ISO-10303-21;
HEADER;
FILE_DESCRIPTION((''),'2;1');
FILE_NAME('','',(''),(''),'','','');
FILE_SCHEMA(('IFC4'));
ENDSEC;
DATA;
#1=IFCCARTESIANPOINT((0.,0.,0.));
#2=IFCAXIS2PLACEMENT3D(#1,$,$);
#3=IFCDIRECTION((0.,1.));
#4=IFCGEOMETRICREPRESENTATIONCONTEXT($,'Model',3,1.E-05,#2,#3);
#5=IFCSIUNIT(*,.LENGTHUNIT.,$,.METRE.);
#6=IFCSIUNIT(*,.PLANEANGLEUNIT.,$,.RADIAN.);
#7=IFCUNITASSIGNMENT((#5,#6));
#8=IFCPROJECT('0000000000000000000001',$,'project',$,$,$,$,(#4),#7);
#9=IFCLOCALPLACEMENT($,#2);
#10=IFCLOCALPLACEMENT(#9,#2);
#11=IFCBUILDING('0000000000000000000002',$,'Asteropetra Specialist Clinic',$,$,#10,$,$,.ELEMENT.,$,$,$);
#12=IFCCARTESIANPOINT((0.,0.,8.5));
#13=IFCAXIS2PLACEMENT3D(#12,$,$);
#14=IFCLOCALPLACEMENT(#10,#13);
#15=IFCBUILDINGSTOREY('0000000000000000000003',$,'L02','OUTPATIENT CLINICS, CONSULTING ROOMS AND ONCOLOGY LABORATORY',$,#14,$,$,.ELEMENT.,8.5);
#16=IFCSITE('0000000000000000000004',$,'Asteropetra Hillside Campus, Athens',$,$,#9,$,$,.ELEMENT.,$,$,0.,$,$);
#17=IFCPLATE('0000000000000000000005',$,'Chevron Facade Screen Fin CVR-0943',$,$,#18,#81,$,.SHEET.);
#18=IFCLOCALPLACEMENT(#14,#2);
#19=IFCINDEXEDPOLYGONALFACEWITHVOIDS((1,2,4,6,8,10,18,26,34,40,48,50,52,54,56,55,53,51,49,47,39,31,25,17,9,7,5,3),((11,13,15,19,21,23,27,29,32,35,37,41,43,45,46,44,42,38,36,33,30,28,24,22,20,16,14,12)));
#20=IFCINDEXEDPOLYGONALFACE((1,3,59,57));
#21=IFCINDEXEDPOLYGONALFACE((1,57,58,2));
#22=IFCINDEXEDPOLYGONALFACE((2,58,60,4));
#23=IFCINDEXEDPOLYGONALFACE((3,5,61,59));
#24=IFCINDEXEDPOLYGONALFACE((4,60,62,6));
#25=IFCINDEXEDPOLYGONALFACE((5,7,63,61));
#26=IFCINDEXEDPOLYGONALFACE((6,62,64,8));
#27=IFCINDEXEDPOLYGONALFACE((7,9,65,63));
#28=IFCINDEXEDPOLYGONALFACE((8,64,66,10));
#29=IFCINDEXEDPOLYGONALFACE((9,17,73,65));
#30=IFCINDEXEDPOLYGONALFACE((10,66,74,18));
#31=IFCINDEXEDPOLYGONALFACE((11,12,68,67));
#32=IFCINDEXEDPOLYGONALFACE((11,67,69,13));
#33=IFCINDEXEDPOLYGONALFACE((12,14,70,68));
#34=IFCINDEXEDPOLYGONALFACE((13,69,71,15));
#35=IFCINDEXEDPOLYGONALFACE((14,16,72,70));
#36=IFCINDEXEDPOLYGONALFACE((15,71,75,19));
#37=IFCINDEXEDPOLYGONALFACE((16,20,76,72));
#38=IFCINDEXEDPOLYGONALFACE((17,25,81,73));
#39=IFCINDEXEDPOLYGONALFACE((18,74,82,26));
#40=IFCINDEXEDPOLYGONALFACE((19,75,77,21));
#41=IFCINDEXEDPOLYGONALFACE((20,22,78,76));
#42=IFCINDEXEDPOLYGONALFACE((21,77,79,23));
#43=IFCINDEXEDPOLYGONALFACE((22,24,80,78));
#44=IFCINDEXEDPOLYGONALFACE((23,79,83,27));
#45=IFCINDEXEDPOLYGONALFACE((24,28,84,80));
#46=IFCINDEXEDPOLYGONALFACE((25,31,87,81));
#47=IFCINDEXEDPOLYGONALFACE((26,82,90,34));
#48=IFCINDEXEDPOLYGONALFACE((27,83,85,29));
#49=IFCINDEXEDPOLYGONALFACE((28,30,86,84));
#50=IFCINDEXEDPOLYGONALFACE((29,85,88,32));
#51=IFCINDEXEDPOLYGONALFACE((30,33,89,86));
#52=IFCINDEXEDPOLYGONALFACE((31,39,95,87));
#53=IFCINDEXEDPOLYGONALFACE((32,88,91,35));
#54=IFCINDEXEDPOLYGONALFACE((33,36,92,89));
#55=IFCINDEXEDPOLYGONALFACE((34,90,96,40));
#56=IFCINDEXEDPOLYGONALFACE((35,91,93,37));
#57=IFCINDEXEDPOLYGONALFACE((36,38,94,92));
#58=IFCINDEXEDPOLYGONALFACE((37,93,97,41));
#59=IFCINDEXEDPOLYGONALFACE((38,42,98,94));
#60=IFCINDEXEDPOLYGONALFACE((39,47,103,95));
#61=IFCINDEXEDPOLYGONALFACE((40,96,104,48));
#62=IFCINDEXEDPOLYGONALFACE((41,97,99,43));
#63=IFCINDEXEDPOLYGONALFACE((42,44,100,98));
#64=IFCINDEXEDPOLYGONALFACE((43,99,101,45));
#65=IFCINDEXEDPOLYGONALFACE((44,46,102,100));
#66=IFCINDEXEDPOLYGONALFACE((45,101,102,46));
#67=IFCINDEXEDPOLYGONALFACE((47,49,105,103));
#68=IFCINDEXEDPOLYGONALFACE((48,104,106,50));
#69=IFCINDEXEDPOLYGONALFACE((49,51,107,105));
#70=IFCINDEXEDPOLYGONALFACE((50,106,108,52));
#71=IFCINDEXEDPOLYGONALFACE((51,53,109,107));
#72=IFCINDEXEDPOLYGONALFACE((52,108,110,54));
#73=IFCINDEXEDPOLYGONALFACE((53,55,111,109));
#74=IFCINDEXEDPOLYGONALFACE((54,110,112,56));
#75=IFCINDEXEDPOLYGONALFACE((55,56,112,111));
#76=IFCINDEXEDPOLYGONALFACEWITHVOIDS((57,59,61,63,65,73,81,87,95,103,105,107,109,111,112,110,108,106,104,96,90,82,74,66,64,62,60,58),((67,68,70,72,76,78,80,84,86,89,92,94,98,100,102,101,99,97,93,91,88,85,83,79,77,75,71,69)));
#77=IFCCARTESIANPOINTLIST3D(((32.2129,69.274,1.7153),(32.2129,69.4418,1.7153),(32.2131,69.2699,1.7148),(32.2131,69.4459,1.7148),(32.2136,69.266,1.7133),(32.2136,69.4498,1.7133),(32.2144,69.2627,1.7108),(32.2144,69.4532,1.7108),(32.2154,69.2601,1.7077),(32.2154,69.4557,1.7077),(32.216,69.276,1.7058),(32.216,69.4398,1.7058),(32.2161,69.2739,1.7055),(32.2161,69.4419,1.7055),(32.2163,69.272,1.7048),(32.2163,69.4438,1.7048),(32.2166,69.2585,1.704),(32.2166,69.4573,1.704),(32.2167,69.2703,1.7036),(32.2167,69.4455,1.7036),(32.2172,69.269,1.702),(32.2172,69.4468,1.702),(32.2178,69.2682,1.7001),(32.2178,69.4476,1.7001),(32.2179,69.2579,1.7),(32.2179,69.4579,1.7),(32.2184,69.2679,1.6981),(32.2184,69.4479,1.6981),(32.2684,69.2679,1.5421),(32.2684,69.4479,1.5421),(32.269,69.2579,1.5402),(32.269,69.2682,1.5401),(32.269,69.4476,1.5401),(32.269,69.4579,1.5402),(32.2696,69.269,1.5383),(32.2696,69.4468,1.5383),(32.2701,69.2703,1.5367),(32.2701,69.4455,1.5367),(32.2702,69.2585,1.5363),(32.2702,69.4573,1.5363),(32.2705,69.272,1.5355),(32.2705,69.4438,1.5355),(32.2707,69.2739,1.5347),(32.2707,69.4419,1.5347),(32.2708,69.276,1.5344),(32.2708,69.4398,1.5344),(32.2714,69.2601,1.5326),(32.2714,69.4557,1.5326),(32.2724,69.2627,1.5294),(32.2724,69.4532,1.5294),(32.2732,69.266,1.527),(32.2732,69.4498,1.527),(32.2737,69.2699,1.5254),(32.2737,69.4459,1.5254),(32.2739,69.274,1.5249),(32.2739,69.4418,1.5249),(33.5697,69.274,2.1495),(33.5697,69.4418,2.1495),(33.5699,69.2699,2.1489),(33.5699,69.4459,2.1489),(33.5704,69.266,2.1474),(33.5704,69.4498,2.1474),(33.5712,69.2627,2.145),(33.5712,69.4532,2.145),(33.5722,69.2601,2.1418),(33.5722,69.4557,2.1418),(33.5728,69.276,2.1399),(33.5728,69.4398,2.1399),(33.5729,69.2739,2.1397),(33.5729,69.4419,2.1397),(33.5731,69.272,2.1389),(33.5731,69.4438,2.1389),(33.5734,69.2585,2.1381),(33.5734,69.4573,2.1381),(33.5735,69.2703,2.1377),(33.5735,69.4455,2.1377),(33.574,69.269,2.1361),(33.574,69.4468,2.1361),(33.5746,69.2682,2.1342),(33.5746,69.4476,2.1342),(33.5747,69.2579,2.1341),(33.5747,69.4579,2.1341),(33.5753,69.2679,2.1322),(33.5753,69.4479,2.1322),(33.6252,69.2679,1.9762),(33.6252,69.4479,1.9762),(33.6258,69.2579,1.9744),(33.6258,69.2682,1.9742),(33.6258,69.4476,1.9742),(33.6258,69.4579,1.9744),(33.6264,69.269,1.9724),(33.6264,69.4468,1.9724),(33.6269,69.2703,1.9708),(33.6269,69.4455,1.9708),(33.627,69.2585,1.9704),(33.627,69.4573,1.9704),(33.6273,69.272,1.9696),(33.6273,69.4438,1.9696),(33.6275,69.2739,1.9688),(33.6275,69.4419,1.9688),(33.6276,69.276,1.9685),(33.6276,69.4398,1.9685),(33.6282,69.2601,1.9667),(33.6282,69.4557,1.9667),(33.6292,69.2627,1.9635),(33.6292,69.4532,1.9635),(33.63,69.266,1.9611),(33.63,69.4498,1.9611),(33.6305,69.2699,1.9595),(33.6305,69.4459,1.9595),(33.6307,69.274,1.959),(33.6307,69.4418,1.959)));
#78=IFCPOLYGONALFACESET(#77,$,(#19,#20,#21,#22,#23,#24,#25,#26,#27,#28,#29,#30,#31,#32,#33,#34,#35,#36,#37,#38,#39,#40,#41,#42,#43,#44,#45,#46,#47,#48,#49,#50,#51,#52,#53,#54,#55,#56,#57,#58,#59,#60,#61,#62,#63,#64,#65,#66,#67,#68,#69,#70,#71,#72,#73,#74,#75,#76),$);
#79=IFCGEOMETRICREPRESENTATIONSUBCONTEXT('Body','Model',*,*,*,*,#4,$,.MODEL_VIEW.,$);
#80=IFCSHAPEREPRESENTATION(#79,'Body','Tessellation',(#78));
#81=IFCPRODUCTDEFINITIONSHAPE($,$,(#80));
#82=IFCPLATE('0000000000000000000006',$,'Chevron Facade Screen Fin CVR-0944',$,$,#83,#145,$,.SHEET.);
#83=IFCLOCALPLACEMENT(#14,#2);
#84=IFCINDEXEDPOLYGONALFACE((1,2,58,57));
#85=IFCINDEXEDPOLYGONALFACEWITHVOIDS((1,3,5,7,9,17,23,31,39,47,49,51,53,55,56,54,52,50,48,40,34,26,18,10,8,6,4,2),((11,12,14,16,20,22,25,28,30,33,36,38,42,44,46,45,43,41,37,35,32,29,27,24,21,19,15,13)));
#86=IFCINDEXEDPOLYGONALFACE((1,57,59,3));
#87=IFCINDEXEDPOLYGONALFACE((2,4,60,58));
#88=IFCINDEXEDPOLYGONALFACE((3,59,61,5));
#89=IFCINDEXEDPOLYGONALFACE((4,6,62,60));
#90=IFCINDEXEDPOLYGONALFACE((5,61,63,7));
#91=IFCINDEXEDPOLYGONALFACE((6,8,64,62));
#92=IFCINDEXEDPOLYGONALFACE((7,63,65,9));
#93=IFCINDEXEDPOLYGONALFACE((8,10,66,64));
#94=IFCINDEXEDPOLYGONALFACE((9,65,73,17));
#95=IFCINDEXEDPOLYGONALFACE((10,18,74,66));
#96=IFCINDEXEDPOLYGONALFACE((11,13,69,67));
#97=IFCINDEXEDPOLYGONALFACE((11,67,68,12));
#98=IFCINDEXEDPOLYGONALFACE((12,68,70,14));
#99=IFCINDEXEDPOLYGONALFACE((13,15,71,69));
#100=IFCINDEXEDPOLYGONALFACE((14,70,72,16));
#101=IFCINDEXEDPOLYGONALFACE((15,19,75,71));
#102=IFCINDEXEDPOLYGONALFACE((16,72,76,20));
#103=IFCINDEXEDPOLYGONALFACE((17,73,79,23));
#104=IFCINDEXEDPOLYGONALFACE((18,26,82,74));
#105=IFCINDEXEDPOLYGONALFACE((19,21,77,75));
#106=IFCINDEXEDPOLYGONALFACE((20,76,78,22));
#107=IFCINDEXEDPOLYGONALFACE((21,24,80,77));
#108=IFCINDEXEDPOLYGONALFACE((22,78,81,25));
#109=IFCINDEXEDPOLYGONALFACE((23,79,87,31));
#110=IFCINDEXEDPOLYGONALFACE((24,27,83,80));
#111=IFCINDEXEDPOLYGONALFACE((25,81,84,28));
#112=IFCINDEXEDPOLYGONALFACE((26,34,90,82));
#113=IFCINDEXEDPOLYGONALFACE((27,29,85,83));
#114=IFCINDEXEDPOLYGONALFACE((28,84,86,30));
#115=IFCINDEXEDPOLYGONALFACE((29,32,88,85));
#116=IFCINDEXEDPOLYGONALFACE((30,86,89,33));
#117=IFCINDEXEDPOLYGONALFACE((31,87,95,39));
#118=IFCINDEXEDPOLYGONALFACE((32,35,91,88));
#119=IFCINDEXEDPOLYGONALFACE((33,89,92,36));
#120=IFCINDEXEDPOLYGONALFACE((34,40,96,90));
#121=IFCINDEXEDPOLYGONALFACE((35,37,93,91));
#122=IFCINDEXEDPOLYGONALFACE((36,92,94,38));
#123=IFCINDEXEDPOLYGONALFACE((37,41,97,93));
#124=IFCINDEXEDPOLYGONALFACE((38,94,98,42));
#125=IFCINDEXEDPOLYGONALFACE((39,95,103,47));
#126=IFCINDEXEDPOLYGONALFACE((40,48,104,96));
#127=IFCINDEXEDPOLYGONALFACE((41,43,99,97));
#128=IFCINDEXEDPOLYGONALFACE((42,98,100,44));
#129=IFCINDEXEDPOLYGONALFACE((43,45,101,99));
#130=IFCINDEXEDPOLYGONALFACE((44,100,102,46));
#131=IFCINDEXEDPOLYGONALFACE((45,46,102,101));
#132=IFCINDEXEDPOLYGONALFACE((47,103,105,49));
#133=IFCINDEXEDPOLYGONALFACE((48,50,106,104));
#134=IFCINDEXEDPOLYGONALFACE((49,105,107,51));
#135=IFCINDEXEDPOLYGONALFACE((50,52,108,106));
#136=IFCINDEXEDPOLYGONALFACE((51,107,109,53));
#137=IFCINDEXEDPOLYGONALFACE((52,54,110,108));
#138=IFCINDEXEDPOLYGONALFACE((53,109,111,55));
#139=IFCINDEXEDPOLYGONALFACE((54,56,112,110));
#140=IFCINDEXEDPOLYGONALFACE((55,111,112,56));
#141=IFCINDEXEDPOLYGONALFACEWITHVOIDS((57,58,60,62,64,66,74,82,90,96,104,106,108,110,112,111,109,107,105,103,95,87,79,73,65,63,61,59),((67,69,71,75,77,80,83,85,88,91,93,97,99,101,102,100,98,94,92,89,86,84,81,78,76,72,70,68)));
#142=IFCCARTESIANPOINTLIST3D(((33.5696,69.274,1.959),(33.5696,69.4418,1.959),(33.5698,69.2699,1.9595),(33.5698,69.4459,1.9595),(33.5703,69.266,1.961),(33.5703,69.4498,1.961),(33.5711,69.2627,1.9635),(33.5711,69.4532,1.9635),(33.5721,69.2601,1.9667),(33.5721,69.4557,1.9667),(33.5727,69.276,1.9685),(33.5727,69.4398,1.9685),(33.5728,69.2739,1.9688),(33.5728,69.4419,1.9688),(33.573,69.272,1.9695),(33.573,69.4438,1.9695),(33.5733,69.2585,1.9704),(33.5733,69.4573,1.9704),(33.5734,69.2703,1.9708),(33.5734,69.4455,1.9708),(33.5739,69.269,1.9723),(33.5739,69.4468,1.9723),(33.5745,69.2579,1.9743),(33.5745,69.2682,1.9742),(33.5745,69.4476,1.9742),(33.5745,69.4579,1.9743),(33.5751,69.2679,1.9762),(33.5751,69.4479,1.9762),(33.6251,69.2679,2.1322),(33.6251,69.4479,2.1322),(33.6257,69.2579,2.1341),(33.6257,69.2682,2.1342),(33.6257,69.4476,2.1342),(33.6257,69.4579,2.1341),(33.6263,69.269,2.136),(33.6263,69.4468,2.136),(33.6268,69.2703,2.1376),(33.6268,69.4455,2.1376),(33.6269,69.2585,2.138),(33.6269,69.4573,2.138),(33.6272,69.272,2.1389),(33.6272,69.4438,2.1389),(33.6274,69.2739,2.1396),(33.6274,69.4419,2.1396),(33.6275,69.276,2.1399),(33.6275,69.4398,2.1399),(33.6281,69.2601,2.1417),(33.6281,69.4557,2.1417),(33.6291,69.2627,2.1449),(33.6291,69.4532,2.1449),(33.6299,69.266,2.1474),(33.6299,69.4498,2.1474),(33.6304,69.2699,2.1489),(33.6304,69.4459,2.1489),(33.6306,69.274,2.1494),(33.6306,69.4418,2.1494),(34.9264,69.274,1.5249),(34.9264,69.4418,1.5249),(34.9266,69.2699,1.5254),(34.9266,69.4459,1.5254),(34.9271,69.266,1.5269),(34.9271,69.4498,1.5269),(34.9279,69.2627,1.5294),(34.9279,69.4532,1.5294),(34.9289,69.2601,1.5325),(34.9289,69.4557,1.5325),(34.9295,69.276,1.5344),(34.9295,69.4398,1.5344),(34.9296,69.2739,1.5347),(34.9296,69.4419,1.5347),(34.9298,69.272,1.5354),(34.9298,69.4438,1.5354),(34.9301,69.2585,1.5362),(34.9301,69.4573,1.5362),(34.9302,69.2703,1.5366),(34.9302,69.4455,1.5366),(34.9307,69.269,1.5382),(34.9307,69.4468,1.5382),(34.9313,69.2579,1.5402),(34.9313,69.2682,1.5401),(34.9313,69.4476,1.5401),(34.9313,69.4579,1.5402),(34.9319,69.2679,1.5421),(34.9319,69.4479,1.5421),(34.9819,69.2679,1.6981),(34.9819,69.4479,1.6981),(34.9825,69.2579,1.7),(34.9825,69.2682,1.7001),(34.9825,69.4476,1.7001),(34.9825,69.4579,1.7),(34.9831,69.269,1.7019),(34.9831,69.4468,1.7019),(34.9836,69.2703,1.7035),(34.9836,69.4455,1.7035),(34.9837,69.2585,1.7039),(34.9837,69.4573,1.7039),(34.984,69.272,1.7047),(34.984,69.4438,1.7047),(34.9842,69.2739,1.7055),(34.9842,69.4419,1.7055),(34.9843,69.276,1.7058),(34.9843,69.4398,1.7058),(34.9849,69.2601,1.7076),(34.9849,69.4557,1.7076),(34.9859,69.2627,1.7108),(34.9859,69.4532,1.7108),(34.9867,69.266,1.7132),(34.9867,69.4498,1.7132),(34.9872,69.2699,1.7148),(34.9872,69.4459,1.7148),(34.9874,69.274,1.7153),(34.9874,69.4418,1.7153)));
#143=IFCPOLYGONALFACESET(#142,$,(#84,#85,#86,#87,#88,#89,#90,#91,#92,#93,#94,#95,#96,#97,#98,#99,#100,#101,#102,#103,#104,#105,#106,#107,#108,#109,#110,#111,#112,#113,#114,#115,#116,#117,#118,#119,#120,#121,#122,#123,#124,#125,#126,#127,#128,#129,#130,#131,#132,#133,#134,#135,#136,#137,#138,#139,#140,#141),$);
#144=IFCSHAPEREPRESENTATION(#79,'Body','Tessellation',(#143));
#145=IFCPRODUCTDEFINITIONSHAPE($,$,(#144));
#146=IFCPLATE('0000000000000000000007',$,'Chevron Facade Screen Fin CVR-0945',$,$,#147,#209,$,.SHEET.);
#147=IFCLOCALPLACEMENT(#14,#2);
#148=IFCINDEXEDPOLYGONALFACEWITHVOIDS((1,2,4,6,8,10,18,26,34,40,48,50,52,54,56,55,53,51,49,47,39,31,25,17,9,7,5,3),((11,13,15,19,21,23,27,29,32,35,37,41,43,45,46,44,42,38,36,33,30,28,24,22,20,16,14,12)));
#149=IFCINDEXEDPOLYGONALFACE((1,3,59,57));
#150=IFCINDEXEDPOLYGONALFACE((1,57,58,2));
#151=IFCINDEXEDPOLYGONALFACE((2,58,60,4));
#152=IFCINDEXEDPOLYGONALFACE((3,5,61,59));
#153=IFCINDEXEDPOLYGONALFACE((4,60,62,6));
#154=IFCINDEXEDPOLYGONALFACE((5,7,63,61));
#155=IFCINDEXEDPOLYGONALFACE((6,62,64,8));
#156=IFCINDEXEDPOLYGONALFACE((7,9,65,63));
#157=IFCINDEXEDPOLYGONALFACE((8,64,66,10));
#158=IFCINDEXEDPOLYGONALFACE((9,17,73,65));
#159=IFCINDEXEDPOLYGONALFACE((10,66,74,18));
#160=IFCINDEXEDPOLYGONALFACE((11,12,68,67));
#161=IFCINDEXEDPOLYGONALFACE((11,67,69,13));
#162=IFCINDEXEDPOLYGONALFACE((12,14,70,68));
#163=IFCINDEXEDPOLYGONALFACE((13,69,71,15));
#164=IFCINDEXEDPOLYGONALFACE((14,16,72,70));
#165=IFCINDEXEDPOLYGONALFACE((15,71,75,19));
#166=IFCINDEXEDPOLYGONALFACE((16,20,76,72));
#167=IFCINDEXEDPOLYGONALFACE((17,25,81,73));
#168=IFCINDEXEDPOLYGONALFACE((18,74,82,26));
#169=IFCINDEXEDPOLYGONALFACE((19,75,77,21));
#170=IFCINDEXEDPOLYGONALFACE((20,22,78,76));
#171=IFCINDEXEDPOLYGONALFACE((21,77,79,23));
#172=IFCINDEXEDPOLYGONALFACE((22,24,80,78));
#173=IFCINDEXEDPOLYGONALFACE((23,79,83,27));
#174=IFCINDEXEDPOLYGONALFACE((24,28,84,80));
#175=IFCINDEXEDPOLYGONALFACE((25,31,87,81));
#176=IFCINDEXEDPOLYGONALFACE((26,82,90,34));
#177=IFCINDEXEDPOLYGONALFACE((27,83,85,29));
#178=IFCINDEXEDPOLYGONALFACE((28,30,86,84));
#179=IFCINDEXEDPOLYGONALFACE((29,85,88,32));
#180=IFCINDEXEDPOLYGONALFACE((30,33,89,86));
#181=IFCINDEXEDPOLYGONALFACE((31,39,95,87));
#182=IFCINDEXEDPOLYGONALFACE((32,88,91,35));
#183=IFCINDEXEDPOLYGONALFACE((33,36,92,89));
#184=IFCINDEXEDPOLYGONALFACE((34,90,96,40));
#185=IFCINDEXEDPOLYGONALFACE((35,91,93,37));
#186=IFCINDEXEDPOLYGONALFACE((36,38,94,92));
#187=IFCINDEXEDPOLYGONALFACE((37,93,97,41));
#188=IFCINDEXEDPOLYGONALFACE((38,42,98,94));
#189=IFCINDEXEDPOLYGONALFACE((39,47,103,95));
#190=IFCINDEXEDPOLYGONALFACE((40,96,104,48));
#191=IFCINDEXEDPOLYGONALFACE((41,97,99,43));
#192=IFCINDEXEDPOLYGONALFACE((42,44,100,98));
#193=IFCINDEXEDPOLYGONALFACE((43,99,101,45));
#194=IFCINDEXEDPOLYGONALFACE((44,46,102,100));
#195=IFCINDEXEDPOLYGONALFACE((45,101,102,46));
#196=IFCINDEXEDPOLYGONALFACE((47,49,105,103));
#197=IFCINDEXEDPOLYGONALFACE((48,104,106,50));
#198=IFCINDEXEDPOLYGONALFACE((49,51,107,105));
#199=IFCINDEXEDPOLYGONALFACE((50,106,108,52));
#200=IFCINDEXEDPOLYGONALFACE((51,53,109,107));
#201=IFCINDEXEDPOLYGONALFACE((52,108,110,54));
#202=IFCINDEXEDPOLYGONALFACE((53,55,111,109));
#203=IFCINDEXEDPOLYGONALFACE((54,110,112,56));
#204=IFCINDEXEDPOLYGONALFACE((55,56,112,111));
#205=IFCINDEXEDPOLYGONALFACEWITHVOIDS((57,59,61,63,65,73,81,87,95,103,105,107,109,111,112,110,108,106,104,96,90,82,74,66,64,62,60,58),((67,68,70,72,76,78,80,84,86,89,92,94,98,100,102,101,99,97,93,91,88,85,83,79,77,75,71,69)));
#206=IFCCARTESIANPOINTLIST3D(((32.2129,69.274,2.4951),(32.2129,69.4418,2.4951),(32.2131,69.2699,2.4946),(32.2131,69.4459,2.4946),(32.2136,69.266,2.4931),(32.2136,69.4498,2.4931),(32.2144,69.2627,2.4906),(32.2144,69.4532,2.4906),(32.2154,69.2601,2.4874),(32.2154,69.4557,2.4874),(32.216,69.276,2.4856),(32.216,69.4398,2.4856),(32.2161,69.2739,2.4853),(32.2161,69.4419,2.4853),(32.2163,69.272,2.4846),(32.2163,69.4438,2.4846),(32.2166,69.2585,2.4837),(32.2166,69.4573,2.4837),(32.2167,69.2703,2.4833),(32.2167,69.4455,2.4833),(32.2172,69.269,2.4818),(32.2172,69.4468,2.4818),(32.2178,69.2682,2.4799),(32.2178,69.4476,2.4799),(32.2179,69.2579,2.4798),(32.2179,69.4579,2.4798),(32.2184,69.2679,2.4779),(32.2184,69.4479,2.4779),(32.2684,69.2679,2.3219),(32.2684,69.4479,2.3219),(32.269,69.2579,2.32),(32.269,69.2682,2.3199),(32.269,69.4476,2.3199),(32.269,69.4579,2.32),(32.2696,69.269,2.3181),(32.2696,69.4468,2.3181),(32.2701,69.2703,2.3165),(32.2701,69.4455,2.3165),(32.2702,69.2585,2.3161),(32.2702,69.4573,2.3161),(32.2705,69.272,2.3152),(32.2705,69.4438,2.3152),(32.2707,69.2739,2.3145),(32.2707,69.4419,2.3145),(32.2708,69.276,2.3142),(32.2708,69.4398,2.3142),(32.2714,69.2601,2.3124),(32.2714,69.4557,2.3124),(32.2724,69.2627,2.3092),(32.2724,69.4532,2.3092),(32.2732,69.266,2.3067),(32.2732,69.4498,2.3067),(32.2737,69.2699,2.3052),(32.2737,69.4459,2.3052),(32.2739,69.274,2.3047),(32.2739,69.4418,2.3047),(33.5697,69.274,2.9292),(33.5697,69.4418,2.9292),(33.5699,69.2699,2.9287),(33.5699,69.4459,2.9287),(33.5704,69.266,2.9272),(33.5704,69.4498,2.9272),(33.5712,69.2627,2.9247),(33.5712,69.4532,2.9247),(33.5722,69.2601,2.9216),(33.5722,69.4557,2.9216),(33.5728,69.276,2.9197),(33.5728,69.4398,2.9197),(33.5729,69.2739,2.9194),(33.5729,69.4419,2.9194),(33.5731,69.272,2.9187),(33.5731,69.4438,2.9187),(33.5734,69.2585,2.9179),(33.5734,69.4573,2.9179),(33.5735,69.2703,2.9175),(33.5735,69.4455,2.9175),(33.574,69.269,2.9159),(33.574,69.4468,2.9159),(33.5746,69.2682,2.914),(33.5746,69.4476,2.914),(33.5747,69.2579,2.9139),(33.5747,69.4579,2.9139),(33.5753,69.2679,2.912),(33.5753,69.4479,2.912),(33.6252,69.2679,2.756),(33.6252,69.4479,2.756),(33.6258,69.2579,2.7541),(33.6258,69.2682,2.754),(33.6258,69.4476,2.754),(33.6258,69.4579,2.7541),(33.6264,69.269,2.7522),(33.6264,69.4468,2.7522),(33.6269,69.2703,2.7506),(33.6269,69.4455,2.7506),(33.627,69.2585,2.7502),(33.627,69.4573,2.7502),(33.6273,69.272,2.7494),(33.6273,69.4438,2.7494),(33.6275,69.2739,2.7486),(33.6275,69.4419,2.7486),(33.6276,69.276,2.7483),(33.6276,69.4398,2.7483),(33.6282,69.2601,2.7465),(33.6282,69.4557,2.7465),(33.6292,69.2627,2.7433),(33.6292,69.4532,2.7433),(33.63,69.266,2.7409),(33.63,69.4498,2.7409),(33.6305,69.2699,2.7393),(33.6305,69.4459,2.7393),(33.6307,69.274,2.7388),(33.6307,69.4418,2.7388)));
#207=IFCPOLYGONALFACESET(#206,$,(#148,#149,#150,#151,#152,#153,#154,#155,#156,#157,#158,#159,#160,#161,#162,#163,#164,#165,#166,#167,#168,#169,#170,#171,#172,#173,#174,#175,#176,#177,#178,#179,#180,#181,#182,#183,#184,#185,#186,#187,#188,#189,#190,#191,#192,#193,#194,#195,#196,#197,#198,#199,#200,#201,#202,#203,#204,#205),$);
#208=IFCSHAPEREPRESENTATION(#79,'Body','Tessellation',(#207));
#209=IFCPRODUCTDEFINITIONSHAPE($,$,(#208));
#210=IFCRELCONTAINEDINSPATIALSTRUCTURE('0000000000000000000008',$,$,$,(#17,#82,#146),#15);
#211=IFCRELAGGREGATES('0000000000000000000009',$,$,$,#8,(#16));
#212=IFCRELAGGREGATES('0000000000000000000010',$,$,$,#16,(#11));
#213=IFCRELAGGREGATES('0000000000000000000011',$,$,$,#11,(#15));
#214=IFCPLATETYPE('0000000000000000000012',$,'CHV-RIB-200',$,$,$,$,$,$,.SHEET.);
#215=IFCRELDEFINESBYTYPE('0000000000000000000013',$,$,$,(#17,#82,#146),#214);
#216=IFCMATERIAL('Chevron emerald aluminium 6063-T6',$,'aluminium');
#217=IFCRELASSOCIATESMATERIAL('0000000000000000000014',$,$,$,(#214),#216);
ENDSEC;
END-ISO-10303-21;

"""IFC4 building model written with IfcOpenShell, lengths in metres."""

from ifc_helpers import new_model, si_unit, direction, frame, origin, origin_2d, place, context, subcontext, project, spatial, hollow_rectangle, extrude, material, material_profile, profile_set, type_object, element, save


model = new_model("IFC4")

# Units and contexts
model_context = context("Model", 3, precision=1e-05, world=origin(), true_north=direction((0.0, 1.0)))
body_context = subcontext(model_context, "Body", "Model", "MODEL_VIEW")
ifc_project = project(units=[si_unit("LENGTHUNIT", "METRE"), si_unit("PLANEANGLEUNIT", "RADIAN")], contexts=[model_context])

# Site, building, storey
site_placement = place(None, origin())
site = spatial("IfcSite", under=ifc_project, at=site_placement, Name="Asteropetra Hillside Campus, Athens", CompositionType="ELEMENT", RefElevation=0.0)
building_placement = place(site_placement, origin())
building = spatial("IfcBuilding", under=site, at=building_placement, Name="Asteropetra Specialist Clinic", CompositionType="ELEMENT")
storey_placement = place(building_placement, frame((0.0, 0.0, 8.5)))
storey = spatial("IfcBuildingStorey", under=building, at=storey_placement, Name="L02", Description="OUTPATIENT CLINICS, CONSULTING ROOMS AND ONCOLOGY LABORATORY", CompositionType="ELEMENT", Elevation=8.5)

# Plates
ifc_material = material(Name="Chevron emerald aluminium 6063-T6", Category="aluminium")
ifc_material_profile = material_profile(ifc_material, hollow_rectangle(XDim=0.2, YDim=0.2, WallThickness=0.01, InnerFilletRadius=0.0081, OuterFilletRadius=0.0161, at=origin_2d()), Name="SHS 200x200x10.0")
ifc_profile_set = profile_set([ifc_material_profile], Name="Chevron emerald aluminium 6063-T6")
plate_type = type_object("IfcPlateType", Name="CHV-RIB-200", PredefinedType="SHEET", material=ifc_profile_set)
for number, where, z_axis, x_axis, name in (
    (1, (32.2434, 69.3579, 1.6201), (0.952436, 0.0, 0.304738), (0.0, 1.0, 0.0), "Chevron Facade Screen Fin CVR-0943"),
    (2, (33.6001, 69.3579, 2.0542), (0.952436, 0.0, -0.304738), (0.0, 1.0, 0.0), "Chevron Facade Screen Fin CVR-0944"),
    (3, (32.2434, 69.3579, 2.3999), (0.952436, 0.0, 0.304738), (0.0, 1.0, 0.0), "Chevron Facade Screen Fin CVR-0945"),
):
    element("IfcPlate", number, at=place(storey_placement, frame(where, z_axis=z_axis, x_axis=x_axis)), inside=storey, type_object=plate_type, Name=name, PredefinedType="SHEET", context=body_context, shape_type="SweptSolid", body=[
        extrude(hollow_rectangle(XDim=0.2, YDim=0.2, WallThickness=0.01, InnerFilletRadius=0.0081, OuterFilletRadius=0.0161, at=origin_2d()), origin(), (0.0, 0.0, 1.0), 1.4246),
    ])

save(model, "model.ifc")
